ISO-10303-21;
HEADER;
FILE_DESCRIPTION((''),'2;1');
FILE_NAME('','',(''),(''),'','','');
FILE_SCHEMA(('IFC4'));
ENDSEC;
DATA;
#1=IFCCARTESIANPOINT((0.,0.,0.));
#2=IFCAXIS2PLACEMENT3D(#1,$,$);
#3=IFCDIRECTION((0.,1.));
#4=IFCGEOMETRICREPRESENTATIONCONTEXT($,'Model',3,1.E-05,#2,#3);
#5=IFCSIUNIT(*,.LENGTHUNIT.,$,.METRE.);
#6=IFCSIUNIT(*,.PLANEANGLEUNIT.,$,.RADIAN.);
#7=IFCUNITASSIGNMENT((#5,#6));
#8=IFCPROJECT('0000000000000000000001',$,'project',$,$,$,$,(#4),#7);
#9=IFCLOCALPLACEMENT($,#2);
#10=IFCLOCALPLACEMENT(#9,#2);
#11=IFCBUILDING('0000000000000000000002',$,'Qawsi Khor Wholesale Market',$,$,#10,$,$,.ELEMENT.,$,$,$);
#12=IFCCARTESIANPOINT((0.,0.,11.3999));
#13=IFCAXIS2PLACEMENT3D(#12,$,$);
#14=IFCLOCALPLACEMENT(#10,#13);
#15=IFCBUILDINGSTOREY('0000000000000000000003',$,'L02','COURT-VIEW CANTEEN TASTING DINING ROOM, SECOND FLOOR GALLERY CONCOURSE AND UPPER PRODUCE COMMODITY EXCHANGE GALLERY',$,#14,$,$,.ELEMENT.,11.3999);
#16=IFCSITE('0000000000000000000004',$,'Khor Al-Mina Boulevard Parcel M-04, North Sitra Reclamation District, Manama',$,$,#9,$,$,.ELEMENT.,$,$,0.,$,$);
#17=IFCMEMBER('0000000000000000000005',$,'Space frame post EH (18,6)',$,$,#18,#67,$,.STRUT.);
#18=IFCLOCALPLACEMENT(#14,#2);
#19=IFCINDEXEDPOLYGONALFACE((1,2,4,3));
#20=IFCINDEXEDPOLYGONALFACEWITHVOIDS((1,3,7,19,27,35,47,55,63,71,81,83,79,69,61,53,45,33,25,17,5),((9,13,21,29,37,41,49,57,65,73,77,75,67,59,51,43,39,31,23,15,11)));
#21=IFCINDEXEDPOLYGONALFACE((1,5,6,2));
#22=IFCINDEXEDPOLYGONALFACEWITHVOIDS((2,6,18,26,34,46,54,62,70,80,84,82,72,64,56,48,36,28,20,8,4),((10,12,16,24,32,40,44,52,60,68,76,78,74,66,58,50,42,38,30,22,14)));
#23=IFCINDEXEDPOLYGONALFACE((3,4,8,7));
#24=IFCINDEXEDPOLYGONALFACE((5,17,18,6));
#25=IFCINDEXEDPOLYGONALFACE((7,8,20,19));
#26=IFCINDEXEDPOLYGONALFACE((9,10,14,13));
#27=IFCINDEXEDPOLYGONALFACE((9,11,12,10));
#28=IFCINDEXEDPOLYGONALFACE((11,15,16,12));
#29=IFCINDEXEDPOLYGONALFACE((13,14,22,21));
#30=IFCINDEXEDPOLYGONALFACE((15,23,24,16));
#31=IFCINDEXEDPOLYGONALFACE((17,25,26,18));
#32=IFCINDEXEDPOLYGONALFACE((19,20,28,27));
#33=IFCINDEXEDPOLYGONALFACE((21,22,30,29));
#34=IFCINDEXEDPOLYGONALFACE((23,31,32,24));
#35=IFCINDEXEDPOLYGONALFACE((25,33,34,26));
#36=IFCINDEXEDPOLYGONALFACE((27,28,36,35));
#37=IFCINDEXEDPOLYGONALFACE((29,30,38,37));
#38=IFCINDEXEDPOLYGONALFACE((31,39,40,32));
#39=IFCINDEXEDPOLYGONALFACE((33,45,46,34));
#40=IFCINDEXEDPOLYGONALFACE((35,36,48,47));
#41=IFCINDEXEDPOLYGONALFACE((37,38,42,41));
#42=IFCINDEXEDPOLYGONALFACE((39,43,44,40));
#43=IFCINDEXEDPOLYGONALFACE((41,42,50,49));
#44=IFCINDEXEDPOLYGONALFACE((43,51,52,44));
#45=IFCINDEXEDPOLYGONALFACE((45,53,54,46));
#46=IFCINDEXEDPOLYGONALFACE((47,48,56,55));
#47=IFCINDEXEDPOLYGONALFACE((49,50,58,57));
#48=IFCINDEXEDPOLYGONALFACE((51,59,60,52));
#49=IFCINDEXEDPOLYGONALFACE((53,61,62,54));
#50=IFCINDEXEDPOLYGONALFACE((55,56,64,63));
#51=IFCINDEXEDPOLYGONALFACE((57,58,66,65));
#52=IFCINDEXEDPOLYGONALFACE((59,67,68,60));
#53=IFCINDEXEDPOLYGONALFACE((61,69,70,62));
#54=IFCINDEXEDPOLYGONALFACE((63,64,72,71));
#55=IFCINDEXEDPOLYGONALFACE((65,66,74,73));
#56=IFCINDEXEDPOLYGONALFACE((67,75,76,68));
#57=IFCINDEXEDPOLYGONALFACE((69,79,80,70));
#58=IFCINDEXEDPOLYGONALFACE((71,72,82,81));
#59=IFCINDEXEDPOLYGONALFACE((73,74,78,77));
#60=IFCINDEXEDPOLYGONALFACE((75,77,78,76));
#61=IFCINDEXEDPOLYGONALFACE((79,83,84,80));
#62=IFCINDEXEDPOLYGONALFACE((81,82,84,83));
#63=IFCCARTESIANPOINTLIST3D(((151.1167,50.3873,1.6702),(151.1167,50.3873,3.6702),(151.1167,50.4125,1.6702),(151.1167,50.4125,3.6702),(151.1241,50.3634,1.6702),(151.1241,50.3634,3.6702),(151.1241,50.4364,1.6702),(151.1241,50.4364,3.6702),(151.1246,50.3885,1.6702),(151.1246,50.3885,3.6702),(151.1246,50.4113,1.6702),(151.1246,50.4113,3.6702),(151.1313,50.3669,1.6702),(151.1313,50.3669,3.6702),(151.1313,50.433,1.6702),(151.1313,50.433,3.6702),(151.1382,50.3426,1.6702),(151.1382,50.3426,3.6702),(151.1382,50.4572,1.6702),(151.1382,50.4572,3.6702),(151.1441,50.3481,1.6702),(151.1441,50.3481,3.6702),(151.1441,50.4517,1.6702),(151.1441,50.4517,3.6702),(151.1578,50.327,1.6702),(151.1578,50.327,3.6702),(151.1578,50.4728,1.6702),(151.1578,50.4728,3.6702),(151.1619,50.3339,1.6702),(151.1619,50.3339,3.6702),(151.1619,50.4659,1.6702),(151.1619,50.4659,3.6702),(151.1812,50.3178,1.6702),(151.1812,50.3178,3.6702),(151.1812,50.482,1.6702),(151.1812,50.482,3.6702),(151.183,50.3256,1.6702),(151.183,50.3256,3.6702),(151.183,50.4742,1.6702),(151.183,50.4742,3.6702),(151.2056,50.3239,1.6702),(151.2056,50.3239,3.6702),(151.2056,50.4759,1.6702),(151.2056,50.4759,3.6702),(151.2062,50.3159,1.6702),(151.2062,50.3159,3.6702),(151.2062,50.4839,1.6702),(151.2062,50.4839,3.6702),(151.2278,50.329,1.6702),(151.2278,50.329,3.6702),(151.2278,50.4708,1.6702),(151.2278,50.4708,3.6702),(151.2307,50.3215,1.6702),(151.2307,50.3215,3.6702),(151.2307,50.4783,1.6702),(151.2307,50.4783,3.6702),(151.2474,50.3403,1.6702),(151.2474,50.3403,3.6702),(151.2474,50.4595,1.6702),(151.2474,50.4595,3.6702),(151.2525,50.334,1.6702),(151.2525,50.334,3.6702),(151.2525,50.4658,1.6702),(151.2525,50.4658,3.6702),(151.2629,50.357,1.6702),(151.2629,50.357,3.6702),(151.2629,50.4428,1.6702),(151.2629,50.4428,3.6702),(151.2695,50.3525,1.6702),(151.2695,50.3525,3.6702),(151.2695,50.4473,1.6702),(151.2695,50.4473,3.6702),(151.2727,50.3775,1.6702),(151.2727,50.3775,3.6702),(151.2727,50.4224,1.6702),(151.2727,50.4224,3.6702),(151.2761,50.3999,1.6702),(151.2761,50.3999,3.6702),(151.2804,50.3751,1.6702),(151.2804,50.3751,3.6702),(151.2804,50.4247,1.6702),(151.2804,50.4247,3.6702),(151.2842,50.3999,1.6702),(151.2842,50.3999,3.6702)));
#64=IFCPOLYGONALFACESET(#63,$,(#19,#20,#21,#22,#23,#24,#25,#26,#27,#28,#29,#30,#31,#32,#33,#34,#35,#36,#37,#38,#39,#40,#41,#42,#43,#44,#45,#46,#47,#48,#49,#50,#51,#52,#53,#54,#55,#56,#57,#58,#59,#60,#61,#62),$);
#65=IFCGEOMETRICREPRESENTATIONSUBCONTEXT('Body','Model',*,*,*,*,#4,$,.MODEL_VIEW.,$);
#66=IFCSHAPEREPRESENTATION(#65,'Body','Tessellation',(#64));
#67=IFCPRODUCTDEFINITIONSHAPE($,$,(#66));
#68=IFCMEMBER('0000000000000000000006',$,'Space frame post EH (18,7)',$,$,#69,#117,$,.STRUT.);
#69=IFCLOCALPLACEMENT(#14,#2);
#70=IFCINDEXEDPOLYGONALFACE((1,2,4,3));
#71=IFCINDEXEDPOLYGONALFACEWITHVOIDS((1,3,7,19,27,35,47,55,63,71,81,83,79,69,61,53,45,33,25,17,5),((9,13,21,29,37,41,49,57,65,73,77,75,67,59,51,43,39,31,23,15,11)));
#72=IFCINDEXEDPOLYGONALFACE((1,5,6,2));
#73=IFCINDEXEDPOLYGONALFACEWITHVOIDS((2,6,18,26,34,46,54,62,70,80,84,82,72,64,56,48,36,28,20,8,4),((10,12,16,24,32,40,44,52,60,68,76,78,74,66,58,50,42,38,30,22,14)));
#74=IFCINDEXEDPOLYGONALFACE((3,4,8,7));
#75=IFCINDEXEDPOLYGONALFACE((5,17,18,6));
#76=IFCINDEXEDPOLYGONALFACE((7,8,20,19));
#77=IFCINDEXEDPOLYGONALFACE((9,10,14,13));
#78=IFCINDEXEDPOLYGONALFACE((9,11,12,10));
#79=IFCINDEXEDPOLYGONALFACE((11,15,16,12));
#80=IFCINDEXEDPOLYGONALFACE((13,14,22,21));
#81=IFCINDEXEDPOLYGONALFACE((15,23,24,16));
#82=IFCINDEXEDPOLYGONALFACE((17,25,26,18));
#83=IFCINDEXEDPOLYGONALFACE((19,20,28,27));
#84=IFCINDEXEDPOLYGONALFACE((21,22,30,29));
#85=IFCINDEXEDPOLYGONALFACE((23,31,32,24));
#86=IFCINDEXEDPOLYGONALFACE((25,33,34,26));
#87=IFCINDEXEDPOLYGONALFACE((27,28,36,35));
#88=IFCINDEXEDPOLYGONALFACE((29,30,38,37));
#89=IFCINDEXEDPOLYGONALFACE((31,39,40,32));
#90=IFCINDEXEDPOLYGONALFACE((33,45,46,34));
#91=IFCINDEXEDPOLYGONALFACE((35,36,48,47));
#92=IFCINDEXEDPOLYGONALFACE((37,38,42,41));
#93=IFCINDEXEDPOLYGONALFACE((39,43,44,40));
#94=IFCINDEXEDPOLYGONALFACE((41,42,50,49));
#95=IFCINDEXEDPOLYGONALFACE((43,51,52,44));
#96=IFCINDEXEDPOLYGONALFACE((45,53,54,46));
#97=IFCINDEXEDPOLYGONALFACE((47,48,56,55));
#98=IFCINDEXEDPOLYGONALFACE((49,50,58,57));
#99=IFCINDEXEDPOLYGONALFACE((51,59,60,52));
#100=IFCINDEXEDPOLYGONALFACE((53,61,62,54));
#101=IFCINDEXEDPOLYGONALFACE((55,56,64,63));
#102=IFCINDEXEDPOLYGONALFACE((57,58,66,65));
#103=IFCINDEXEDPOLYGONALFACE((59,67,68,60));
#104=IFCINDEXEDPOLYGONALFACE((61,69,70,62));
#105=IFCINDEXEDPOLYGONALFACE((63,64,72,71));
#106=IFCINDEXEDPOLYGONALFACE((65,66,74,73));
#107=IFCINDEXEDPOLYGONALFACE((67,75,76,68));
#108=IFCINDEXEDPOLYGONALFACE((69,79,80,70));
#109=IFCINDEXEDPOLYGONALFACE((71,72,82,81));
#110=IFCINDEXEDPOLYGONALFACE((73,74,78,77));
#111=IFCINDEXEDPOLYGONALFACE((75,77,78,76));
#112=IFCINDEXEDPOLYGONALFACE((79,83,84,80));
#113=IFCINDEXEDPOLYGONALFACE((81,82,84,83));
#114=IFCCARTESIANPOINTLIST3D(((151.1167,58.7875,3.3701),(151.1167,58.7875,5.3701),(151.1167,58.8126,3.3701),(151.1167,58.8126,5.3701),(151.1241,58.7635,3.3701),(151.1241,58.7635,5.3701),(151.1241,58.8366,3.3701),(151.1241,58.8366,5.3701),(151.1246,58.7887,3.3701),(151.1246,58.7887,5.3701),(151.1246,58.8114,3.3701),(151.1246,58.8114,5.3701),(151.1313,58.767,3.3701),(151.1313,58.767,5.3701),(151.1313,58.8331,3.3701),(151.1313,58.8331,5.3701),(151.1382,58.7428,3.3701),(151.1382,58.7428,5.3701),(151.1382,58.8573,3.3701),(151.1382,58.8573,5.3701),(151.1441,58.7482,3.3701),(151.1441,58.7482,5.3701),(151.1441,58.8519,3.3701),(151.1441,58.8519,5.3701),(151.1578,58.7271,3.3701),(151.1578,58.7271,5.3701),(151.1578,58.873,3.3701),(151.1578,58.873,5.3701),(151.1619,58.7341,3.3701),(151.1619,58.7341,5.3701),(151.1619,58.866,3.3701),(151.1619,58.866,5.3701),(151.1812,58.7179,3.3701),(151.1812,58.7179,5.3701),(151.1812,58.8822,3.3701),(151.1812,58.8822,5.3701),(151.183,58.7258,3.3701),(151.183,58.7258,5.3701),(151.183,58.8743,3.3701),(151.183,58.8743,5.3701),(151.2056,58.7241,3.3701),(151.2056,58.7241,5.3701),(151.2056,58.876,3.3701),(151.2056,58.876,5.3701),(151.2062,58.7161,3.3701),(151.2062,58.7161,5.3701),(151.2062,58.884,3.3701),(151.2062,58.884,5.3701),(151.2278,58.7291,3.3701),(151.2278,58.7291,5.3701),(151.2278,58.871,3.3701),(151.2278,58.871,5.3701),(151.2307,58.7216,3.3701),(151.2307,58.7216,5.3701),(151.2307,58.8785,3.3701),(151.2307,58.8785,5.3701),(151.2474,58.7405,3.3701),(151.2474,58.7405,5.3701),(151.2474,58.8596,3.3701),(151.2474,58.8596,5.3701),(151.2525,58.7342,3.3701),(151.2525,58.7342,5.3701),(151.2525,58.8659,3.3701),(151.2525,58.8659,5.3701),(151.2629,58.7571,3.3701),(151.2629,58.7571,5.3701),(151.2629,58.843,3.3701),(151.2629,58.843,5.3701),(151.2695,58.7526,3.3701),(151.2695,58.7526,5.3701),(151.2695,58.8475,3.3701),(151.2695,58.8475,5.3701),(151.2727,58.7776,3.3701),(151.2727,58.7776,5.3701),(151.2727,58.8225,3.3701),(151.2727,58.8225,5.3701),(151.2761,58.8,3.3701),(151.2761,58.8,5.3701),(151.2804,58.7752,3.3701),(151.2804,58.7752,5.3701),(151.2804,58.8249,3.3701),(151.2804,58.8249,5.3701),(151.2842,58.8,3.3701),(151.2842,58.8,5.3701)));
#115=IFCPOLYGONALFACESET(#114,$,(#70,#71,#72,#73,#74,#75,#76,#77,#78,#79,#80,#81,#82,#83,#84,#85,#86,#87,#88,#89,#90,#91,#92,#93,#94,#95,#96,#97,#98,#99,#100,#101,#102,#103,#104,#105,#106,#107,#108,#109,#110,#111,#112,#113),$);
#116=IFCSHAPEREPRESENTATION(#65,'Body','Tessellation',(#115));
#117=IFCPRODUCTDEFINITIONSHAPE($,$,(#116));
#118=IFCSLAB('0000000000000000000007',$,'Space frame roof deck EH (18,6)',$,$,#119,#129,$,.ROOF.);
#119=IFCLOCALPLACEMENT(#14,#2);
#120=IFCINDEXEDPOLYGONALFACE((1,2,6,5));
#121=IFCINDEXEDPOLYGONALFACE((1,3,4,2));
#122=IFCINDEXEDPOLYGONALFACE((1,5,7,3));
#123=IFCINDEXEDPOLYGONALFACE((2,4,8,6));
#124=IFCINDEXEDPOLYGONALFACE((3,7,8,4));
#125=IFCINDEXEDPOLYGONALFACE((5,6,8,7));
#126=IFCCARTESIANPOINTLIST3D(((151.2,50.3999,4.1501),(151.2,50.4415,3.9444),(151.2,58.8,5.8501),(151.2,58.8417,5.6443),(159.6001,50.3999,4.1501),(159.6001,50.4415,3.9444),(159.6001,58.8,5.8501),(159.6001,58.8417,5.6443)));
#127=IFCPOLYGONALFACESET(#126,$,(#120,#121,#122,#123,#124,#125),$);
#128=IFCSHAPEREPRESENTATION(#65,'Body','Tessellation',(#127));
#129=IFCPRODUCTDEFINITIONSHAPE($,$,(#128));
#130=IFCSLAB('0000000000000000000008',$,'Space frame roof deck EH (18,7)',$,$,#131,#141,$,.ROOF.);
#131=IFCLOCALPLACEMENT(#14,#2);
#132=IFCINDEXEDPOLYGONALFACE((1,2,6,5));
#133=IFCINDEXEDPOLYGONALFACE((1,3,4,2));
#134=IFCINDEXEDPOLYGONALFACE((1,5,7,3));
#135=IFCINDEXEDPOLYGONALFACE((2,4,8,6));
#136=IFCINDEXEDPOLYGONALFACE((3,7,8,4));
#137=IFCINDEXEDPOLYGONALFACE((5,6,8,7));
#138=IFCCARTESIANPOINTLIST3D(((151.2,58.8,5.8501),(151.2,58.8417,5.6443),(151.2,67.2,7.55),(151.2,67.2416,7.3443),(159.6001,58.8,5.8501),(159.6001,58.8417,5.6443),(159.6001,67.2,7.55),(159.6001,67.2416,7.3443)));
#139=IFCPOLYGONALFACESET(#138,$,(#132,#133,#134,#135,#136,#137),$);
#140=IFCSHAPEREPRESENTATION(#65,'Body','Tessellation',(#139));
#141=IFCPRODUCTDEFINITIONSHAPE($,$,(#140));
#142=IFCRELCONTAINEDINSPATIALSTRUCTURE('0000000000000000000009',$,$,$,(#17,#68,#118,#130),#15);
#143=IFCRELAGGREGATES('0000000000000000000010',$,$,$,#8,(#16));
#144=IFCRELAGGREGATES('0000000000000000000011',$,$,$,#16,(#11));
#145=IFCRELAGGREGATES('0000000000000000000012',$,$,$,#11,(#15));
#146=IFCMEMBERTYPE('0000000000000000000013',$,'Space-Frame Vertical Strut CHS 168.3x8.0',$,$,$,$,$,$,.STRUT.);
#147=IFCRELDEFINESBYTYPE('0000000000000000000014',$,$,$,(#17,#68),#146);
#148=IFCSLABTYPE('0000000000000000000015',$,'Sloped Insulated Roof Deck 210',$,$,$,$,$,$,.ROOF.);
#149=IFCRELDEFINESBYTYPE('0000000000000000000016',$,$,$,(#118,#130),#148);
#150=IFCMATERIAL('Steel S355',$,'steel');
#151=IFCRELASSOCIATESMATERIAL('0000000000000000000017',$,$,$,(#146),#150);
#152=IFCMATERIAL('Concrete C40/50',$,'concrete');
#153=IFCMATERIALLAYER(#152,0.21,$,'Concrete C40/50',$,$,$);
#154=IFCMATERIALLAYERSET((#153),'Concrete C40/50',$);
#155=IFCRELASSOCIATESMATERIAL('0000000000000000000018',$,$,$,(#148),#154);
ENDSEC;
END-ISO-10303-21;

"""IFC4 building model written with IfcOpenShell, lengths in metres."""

from ifc_helpers import new_model, si_unit, direction, frame, origin, origin_2d, place, context, subcontext, project, spatial, polyline, hollow_circle, outline, extrude, material, layer, layer_set, material_profile, profile_set, type_object, element, save


model = new_model("IFC4")

# Units and contexts
model_context = context("Model", 3, precision=1e-05, world=origin(), true_north=direction((0.0, 1.0)))
body_context = subcontext(model_context, "Body", "Model", "MODEL_VIEW")
ifc_project = project(units=[si_unit("LENGTHUNIT", "METRE"), si_unit("PLANEANGLEUNIT", "RADIAN")], contexts=[model_context])

# Site, building, storey
site_placement = place(None, origin())
site = spatial("IfcSite", under=ifc_project, at=site_placement, Name="Khor Al-Mina Boulevard Parcel M-04, North Sitra Reclamation District, Manama", CompositionType="ELEMENT", RefElevation=0.0)
building_placement = place(site_placement, origin())
building = spatial("IfcBuilding", under=site, at=building_placement, Name="Qawsi Khor Wholesale Market", CompositionType="ELEMENT")
storey_placement = place(building_placement, frame((0.0, 0.0, 11.3999)))
storey = spatial("IfcBuildingStorey", under=building, at=storey_placement, Name="L02", Description="COURT-VIEW CANTEEN TASTING DINING ROOM, SECOND FLOOR GALLERY CONCOURSE AND UPPER PRODUCE COMMODITY EXCHANGE GALLERY", CompositionType="ELEMENT", Elevation=11.3999)

# Members
ifc_material_1 = material(Name="Steel S355", Category="steel")
ifc_material_profile_1 = material_profile(ifc_material_1, hollow_circle(Radius=0.0842, WallThickness=0.0081, at=origin_2d()), Name="CHS 168.3x8.0")
ifc_profile_set_1 = profile_set([ifc_material_profile_1], Name="Steel S355")
member_type_1 = type_object("IfcMemberType", Name="Space-Frame Vertical Strut CHS 168.3x8.0", PredefinedType="STRUT", material=ifc_profile_set_1)
for number, where, z_axis, x_axis, name in (
    (1, (151.2, 50.3999, 1.6702), (0.0, 0.0, 1.0), (1.0, 0.0, 0.0), "Space frame post EH (18,6)"),
    (2, (151.2, 58.8, 3.3701), (0.0, 0.0, 1.0), (1.0, 0.0, 0.0), "Space frame post EH (18,7)"),
):
    element("IfcMember", number, at=place(storey_placement, frame(where, z_axis=z_axis, x_axis=x_axis)), inside=storey, type_object=member_type_1, Name=name, PredefinedType="STRUT", context=body_context, shape_type="SweptSolid", body=[
        extrude(hollow_circle(Radius=0.0842, WallThickness=0.0081, at=origin_2d()), origin(), (0.0, 0.0, 1.0), 2.0),
    ])

# Slabs
ifc_material_2 = material(Name="Concrete C40/50", Category="concrete")
ifc_layer = layer(ifc_material_2, 0.21, Name="Concrete C40/50")
ifc_layer_set = layer_set([ifc_layer], Name="Concrete C40/50")
slab_type = type_object("IfcSlabType", Name="Sloped Insulated Roof Deck 210", PredefinedType="ROOF", material=ifc_layer_set)
slab_1_placement = place(storey_placement, frame((151.2, 50.3999, 4.1501), z_axis=(0.0, -0.198351, 0.980131), x_axis=(1.0, 0.0, 0.0)))
element("IfcSlab", 3, at=slab_1_placement, inside=storey, type_object=slab_type, Name="Space frame roof deck EH (18,6)", PredefinedType="ROOF", context=body_context, shape_type="SweptSolid", body=[
    extrude(outline(polyline([(0.0, 0.0), (8.4001, 0.0), (8.4001, 8.5704), (0.0, 8.5704), (0.0, 0.0)])), origin(), (0.0, 0.0, -1.0), 0.21),
])
slab_2_placement = place(storey_placement, frame((151.2, 58.8, 5.8501), z_axis=(0.0, -0.198356, 0.98013), x_axis=(1.0, 0.0, 0.0)))
element("IfcSlab", 4, at=slab_2_placement, inside=storey, type_object=slab_type, Name="Space frame roof deck EH (18,7)", PredefinedType="ROOF", context=body_context, shape_type="SweptSolid", body=[
    extrude(outline(polyline([(0.0, 0.0), (8.4001, 0.0), (8.4001, 8.5702), (0.0, 8.5702), (0.0, 0.0)])), origin(), (0.0, 0.0, -1.0), 0.21),
])

save(model, "model.ifc")
